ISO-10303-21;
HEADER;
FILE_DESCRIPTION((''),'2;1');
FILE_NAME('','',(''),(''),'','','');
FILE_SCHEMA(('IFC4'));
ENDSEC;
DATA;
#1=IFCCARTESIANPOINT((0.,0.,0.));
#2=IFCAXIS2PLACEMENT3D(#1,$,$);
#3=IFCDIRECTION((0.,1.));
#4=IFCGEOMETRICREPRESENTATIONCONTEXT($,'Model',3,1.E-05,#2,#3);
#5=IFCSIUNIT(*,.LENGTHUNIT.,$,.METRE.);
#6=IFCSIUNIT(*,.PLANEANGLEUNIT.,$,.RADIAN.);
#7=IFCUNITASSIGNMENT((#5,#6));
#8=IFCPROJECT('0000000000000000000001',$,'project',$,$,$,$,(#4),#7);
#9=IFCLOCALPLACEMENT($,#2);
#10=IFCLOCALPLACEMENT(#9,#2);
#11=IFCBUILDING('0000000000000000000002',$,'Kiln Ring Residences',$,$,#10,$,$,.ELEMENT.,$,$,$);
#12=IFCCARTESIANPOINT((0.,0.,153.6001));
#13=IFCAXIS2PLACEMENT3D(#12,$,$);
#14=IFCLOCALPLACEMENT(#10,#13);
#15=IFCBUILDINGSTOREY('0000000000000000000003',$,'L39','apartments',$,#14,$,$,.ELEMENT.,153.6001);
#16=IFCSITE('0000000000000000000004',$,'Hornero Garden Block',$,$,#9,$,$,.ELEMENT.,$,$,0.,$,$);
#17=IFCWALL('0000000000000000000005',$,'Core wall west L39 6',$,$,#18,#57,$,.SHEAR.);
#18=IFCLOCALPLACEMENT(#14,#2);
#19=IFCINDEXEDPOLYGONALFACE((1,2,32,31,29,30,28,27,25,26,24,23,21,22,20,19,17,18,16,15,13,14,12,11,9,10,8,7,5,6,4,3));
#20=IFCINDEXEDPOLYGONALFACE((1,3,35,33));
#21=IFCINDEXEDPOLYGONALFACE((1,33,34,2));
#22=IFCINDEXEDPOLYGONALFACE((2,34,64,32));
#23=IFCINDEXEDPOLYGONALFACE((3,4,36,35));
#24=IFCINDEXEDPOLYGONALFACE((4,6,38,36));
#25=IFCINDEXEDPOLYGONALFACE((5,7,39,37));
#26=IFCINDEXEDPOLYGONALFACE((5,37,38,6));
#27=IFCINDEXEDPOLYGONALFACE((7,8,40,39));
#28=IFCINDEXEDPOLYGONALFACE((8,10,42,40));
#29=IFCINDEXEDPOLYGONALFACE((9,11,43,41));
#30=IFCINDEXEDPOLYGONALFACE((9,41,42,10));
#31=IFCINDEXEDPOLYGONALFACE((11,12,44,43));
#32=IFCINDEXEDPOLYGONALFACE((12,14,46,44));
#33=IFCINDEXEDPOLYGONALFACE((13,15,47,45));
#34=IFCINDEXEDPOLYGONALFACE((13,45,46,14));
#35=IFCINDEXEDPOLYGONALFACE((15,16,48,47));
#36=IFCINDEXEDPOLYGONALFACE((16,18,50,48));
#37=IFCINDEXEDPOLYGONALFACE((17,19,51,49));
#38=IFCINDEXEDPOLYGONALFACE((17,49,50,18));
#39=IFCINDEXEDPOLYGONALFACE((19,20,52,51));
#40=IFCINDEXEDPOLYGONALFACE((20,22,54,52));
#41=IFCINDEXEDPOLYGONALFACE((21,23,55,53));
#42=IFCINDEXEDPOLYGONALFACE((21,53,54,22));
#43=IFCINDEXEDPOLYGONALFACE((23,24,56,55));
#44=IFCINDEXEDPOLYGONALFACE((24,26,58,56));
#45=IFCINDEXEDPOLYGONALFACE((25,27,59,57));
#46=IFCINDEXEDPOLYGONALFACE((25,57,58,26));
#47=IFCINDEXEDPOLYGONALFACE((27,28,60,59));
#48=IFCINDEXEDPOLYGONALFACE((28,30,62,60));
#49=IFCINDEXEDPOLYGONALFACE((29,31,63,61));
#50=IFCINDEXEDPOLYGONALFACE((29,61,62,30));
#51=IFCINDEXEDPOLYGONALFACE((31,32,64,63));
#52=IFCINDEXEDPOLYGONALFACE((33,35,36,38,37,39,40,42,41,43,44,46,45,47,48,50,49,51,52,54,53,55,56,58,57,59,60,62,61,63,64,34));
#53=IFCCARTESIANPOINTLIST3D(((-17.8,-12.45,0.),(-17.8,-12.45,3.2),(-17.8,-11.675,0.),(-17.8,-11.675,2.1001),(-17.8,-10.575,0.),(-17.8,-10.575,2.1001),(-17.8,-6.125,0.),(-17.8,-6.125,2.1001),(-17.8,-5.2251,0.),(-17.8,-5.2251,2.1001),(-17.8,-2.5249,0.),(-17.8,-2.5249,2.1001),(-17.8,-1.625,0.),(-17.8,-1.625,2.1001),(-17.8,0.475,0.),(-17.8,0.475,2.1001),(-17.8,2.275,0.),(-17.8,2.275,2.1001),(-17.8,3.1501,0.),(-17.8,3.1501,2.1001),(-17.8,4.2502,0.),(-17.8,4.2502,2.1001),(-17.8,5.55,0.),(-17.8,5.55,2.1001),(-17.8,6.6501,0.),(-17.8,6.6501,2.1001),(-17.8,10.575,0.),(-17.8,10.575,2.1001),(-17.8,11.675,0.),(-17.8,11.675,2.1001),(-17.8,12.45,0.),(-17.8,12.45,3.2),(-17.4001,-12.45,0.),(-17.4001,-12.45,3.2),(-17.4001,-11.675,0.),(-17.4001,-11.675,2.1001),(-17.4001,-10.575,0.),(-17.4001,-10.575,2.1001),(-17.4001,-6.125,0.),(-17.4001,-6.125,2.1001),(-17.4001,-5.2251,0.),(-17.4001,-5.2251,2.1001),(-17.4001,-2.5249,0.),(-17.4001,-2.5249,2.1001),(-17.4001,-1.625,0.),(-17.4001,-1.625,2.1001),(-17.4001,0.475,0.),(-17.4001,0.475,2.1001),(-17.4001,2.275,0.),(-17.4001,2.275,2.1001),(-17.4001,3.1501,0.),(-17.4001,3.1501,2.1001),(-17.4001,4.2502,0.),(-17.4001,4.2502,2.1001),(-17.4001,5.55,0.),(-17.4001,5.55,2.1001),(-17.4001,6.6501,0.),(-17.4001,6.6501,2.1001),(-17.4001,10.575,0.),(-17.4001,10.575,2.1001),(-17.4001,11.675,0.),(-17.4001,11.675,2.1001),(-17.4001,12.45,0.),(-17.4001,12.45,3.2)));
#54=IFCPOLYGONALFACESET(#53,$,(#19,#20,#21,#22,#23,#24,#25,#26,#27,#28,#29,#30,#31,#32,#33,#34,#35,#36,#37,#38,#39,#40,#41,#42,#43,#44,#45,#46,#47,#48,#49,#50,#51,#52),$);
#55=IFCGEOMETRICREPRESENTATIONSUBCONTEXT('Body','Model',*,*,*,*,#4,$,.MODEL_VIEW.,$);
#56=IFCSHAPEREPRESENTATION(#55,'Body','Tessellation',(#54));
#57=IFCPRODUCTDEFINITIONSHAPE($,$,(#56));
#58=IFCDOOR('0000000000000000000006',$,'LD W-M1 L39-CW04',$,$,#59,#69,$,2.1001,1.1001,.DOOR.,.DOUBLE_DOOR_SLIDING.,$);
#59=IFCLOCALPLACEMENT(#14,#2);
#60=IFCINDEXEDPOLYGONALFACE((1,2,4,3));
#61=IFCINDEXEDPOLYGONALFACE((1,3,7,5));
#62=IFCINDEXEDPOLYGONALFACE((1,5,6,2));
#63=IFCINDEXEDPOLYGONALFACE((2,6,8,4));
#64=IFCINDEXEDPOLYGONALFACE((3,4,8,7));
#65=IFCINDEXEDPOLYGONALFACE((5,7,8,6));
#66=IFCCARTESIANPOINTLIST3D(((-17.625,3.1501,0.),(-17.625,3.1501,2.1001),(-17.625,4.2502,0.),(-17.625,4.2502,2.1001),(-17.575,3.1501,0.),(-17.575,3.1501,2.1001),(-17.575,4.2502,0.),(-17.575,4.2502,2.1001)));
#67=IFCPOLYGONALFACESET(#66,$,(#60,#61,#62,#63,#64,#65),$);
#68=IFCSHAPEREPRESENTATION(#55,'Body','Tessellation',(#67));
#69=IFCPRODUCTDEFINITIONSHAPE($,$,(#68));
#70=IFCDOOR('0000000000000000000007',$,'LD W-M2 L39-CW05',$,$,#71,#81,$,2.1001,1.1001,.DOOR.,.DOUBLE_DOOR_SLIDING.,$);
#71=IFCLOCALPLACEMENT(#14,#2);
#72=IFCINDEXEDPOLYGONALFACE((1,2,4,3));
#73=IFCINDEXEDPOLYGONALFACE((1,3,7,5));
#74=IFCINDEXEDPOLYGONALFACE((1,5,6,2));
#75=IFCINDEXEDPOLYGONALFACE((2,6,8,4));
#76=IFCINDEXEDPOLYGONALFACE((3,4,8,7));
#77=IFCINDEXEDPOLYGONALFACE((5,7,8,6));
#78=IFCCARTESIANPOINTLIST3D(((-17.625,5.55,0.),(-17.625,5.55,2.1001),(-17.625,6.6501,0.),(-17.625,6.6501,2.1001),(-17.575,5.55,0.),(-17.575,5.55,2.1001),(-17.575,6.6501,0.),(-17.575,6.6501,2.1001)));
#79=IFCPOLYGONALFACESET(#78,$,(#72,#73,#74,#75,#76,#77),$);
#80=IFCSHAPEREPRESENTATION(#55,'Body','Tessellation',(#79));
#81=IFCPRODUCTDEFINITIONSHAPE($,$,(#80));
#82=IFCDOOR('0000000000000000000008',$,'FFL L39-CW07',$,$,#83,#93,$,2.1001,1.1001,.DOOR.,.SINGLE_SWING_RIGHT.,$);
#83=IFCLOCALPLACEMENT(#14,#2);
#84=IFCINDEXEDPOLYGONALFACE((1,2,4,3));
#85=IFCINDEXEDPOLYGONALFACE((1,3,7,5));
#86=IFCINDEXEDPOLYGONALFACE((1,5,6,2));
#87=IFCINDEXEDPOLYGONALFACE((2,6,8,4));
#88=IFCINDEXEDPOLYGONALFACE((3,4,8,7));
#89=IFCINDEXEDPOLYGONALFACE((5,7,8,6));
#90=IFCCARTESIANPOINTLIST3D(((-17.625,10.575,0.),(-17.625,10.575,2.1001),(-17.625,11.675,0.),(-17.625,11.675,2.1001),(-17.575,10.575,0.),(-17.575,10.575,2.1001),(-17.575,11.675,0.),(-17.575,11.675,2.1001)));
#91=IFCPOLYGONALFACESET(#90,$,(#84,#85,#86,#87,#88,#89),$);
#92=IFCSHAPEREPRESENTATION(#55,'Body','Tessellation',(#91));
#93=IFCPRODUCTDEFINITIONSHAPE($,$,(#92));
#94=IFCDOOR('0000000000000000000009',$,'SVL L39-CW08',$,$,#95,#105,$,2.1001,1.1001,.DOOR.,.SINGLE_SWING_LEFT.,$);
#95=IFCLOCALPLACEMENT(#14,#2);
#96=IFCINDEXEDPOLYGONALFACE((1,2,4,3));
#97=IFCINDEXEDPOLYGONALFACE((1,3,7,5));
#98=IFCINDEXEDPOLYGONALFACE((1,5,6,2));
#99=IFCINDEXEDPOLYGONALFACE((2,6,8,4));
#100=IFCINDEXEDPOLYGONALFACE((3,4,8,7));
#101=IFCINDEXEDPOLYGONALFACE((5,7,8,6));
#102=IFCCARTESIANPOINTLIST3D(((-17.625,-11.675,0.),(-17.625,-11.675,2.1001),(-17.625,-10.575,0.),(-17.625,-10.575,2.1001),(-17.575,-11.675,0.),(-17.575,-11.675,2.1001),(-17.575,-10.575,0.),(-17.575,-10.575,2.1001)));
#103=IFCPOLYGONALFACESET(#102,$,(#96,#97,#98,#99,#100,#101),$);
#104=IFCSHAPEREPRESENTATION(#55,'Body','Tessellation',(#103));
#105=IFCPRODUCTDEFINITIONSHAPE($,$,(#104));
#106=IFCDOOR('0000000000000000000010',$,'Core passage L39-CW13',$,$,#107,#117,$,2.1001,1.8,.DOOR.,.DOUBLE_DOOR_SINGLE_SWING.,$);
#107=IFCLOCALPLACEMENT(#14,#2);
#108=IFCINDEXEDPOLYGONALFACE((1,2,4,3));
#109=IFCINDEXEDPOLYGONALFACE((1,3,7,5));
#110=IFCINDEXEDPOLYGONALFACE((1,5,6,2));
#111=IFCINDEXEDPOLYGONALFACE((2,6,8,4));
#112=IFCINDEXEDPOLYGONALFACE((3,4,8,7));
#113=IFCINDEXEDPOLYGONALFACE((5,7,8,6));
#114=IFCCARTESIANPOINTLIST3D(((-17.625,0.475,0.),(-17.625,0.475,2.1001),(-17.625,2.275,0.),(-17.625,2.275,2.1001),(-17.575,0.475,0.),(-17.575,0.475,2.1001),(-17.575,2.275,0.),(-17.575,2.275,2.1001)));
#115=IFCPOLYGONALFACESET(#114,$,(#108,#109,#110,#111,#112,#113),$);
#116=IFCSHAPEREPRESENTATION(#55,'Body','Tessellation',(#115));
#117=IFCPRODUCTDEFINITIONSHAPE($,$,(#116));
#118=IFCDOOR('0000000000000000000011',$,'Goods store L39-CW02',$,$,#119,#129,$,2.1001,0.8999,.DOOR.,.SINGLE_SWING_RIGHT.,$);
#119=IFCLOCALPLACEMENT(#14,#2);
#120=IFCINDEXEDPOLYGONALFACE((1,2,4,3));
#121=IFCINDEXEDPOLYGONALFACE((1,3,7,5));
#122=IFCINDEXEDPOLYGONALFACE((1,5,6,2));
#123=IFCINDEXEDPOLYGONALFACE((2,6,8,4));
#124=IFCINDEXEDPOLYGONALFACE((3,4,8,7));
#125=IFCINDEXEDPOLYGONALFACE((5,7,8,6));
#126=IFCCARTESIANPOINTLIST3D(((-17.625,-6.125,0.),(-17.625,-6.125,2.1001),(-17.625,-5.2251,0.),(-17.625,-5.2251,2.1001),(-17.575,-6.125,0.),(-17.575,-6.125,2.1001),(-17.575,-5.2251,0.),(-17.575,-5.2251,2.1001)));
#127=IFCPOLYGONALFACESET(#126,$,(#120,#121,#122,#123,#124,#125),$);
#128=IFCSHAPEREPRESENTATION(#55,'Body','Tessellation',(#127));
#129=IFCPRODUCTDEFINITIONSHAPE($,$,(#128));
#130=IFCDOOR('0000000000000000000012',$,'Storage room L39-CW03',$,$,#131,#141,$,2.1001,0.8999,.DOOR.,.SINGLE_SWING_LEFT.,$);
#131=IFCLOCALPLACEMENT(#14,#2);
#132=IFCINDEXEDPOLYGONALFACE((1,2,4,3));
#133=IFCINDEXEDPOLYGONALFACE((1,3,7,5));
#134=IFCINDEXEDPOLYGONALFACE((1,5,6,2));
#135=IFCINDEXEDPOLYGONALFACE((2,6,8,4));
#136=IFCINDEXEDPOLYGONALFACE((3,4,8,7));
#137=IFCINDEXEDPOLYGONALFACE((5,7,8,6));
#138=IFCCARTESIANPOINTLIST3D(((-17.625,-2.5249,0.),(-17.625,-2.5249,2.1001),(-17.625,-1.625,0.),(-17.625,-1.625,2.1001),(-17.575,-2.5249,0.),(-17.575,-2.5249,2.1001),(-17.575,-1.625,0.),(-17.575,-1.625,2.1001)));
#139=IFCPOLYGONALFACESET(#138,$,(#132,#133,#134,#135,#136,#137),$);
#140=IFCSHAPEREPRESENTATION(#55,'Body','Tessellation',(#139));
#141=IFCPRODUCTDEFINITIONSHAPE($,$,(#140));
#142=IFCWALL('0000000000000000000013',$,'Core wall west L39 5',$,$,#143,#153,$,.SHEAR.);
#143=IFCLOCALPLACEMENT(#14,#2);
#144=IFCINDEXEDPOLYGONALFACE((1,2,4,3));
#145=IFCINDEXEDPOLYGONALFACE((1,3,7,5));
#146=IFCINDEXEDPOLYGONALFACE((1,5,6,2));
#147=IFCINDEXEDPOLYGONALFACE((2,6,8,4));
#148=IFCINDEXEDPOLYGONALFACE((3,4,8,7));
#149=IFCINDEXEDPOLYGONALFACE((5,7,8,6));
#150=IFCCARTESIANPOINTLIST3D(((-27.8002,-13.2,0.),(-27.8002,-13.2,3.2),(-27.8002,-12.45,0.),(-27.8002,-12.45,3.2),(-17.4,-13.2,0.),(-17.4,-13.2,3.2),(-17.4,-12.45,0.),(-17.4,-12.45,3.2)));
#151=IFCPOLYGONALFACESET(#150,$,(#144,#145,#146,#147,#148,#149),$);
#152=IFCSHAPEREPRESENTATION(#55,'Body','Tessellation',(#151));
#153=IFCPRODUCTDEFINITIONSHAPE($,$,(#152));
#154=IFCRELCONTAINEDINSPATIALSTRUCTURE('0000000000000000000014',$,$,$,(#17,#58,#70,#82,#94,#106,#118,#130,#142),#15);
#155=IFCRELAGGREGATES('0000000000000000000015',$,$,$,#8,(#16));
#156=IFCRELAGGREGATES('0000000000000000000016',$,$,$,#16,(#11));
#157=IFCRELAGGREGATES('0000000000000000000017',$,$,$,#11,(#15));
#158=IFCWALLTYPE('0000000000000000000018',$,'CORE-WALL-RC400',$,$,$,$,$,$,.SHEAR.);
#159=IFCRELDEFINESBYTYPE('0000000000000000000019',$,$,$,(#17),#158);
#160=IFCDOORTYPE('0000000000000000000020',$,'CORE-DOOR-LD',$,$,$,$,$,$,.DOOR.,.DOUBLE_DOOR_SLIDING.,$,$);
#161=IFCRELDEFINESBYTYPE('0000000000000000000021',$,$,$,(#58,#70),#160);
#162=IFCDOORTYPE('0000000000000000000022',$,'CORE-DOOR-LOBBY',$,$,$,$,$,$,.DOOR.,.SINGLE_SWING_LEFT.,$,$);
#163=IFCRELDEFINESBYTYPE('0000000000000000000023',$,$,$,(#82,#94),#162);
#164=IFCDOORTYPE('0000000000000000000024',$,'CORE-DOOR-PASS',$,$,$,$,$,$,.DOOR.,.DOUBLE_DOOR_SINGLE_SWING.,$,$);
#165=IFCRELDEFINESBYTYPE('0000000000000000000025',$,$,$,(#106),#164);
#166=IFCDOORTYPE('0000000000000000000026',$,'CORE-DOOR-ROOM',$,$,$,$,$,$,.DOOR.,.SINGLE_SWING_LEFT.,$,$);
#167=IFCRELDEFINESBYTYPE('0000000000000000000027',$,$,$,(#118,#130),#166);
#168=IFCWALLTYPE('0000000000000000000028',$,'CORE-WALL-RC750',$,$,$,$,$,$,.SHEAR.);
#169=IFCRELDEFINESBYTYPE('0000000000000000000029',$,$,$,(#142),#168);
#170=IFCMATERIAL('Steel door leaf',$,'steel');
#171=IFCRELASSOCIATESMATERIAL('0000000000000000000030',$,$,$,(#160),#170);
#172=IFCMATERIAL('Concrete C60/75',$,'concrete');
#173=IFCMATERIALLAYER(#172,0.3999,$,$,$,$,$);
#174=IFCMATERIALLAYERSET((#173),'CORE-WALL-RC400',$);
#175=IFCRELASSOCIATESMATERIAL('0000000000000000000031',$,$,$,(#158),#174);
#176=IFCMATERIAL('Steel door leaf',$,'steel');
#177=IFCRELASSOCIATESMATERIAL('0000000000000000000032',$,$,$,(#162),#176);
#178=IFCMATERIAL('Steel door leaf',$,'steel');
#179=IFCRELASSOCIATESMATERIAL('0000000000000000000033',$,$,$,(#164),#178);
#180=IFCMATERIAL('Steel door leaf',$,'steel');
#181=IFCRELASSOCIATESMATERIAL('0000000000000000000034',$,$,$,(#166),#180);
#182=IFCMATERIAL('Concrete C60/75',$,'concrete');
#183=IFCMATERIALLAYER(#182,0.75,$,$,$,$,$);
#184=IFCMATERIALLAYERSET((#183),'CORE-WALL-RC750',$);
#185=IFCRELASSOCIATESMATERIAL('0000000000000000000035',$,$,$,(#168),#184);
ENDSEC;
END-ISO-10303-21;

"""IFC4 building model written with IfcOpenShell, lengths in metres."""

from ifc_helpers import new_model, si_unit, direction, frame, frame_2d, origin, place, context, subcontext, project, spatial, rectangle, extrude, material, layer, layer_set, type_object, element, fill, save


model = new_model("IFC4")

# Units and contexts
model_context = context("Model", 3, precision=1e-05, world=origin(), true_north=direction((0.0, 1.0)))
body_context = subcontext(model_context, "Body", "Model", "MODEL_VIEW")
ifc_project = project(units=[si_unit("LENGTHUNIT", "METRE"), si_unit("PLANEANGLEUNIT", "RADIAN")], contexts=[model_context])

# Site, building, storey
site_placement = place(None, origin())
site = spatial("IfcSite", under=ifc_project, at=site_placement, Name="Hornero Garden Block", CompositionType="ELEMENT", RefElevation=0.0)
building_placement = place(site_placement, origin())
building = spatial("IfcBuilding", under=site, at=building_placement, Name="Kiln Ring Residences", CompositionType="ELEMENT")
storey_placement = place(building_placement, frame((0.0, 0.0, 153.6001)))
storey = spatial("IfcBuildingStorey", under=building, at=storey_placement, Name="L39", Description="apartments", CompositionType="ELEMENT", Elevation=153.6001)

# Wall, openings, doors
ifc_material_1 = material(Name="Steel door leaf", Category="steel")
door_type_1 = type_object("IfcDoorType", Name="CORE-DOOR-LD", OperationType="DOUBLE_DOOR_SLIDING", PredefinedType="DOOR", material=ifc_material_1)
ifc_material_2 = material(Name="Concrete C60/75", Category="concrete")
ifc_layer_1 = layer(ifc_material_2, 0.3999)
ifc_layer_set_1 = layer_set([ifc_layer_1], Name="CORE-WALL-RC400")
wall_type_1 = type_object("IfcWallType", Name="CORE-WALL-RC400", PredefinedType="SHEAR", material=ifc_layer_set_1)
wall_1_placement = place(storey_placement, frame((-17.6001, -12.45, 0.0), z_axis=(0.0, 0.0, 1.0), x_axis=(0.0, 1.0, 0.0)))
wall_1 = element("IfcWall", 1, at=wall_1_placement, inside=storey, type_object=wall_type_1, Name="Core wall west L39 6", PredefinedType="SHEAR", context=body_context, shape_type="SweptSolid", body=[
    extrude(rectangle(XDim=24.8999, YDim=0.3999, at=frame_2d((12.45, 0.0))), origin(), (0.0, 0.0, 1.0), 3.2),
])
opening_1_placement = place(wall_1_placement, frame((6.325, 0.0, 0.0)))
opening_1 = element("IfcOpeningElement", 2, at=opening_1_placement, cuts=wall_1, PredefinedType="OPENING", context=body_context, shape_type="SweptSolid", body=[
    extrude(rectangle(XDim=0.8999, YDim=2.1001, at=frame_2d((0.45, 1.05))), frame((0.0, 0.21, 0.0), z_axis=(0.0, -1.0, 0.0), x_axis=(1.0, 0.0, 0.0)), (0.0, 0.0, 1.0), 0.4199),
])
opening_2_placement = place(wall_1_placement, frame((9.925, 0.0, 0.0)))
opening_2 = element("IfcOpeningElement", 3, at=opening_2_placement, cuts=wall_1, PredefinedType="OPENING", context=body_context, shape_type="SweptSolid", body=[
    extrude(rectangle(XDim=0.8999, YDim=2.1001, at=frame_2d((0.45, 1.05))), frame((0.0, 0.21, 0.0), z_axis=(0.0, -1.0, 0.0), x_axis=(1.0, 0.0, 0.0)), (0.0, 0.0, 1.0), 0.4199),
])
opening_3_placement = place(wall_1_placement, frame((15.6001, 0.0, 0.0)))
opening_3 = element("IfcOpeningElement", 4, at=opening_3_placement, cuts=wall_1, PredefinedType="OPENING", context=body_context, shape_type="SweptSolid", body=[
    extrude(rectangle(XDim=1.1001, YDim=2.1001, at=frame_2d((0.55, 1.05))), frame((0.0, 0.21, 0.0), z_axis=(0.0, -1.0, 0.0), x_axis=(1.0, 0.0, 0.0)), (0.0, 0.0, 1.0), 0.4199),
])
opening_4_placement = place(wall_1_placement, frame((18.0, 0.0, 0.0)))
opening_4 = element("IfcOpeningElement", 5, at=opening_4_placement, cuts=wall_1, PredefinedType="OPENING", context=body_context, shape_type="SweptSolid", body=[
    extrude(rectangle(XDim=1.1001, YDim=2.1001, at=frame_2d((0.55, 1.05))), frame((0.0, 0.21, 0.0), z_axis=(0.0, -1.0, 0.0), x_axis=(1.0, 0.0, 0.0)), (0.0, 0.0, 1.0), 0.4199),
])
opening_5_placement = place(wall_1_placement, frame((23.0249, 0.0, 0.0)))
opening_5 = element("IfcOpeningElement", 6, at=opening_5_placement, cuts=wall_1, PredefinedType="OPENING", context=body_context, shape_type="SweptSolid", body=[
    extrude(rectangle(XDim=1.1001, YDim=2.1001, at=frame_2d((0.55, 1.05))), frame((0.0, 0.21, 0.0), z_axis=(0.0, -1.0, 0.0), x_axis=(1.0, 0.0, 0.0)), (0.0, 0.0, 1.0), 0.4199),
])
opening_6_placement = place(wall_1_placement, frame((0.7749, 0.0, 0.0)))
opening_6 = element("IfcOpeningElement", 7, at=opening_6_placement, cuts=wall_1, PredefinedType="OPENING", context=body_context, shape_type="SweptSolid", body=[
    extrude(rectangle(XDim=1.1001, YDim=2.1001, at=frame_2d((0.55, 1.05))), frame((0.0, 0.21, 0.0), z_axis=(0.0, -1.0, 0.0), x_axis=(1.0, 0.0, 0.0)), (0.0, 0.0, 1.0), 0.4199),
])
opening_7_placement = place(wall_1_placement, frame((12.925, 0.0, 0.0)))
opening_7 = element("IfcOpeningElement", 8, at=opening_7_placement, cuts=wall_1, PredefinedType="OPENING", context=body_context, shape_type="SweptSolid", body=[
    extrude(rectangle(XDim=1.8, YDim=2.1001, at=frame_2d((0.8999, 1.05))), frame((0.0, 0.21, 0.0), z_axis=(0.0, -1.0, 0.0), x_axis=(1.0, 0.0, 0.0)), (0.0, 0.0, 1.0), 0.4199),
])
door_1_placement = place(opening_3_placement, origin())
door_1 = element("IfcDoor", 9, at=door_1_placement, inside=storey, type_object=door_type_1, Name="LD W-M1 L39-CW04", OperationType="DOUBLE_DOOR_SLIDING", OverallHeight=2.1001, OverallWidth=1.1001, PredefinedType="DOOR", context=body_context, shape_type="SweptSolid", body=[
    extrude(rectangle(XDim=1.1001, YDim=2.1001, at=frame_2d((0.55, 1.05))), frame((0.0, 0.0249, 0.0), z_axis=(0.0, -1.0, 0.0), x_axis=(1.0, 0.0, 0.0)), (0.0, 0.0, 1.0), 0.05),
])
fill(opening_3, door_1)
door_2_placement = place(opening_4_placement, origin())
door_2 = element("IfcDoor", 10, at=door_2_placement, inside=storey, type_object=door_type_1, Name="LD W-M2 L39-CW05", OperationType="DOUBLE_DOOR_SLIDING", OverallHeight=2.1001, OverallWidth=1.1001, PredefinedType="DOOR", context=body_context, shape_type="SweptSolid", body=[
    extrude(rectangle(XDim=1.1001, YDim=2.1001, at=frame_2d((0.55, 1.05))), frame((0.0, 0.0249, 0.0), z_axis=(0.0, -1.0, 0.0), x_axis=(1.0, 0.0, 0.0)), (0.0, 0.0, 1.0), 0.05),
])
fill(opening_4, door_2)
ifc_material_3 = material(Name="Steel door leaf", Category="steel")
door_type_2 = type_object("IfcDoorType", Name="CORE-DOOR-LOBBY", OperationType="SINGLE_SWING_LEFT", PredefinedType="DOOR", material=ifc_material_3)
door_3_placement = place(opening_5_placement, origin())
door_3 = element("IfcDoor", 11, at=door_3_placement, inside=storey, type_object=door_type_2, Name="FFL L39-CW07", OperationType="SINGLE_SWING_RIGHT", OverallHeight=2.1001, OverallWidth=1.1001, PredefinedType="DOOR", context=body_context, shape_type="SweptSolid", body=[
    extrude(rectangle(XDim=1.1001, YDim=2.1001, at=frame_2d((0.55, 1.05))), frame((0.0, 0.0249, 0.0), z_axis=(0.0, -1.0, 0.0), x_axis=(1.0, 0.0, 0.0)), (0.0, 0.0, 1.0), 0.05),
])
fill(opening_5, door_3)
door_4_placement = place(opening_6_placement, origin())
door_4 = element("IfcDoor", 12, at=door_4_placement, inside=storey, type_object=door_type_2, Name="SVL L39-CW08", OperationType="SINGLE_SWING_LEFT", OverallHeight=2.1001, OverallWidth=1.1001, PredefinedType="DOOR", context=body_context, shape_type="SweptSolid", body=[
    extrude(rectangle(XDim=1.1001, YDim=2.1001, at=frame_2d((0.55, 1.05))), frame((0.0, 0.0249, 0.0), z_axis=(0.0, -1.0, 0.0), x_axis=(1.0, 0.0, 0.0)), (0.0, 0.0, 1.0), 0.05),
])
fill(opening_6, door_4)
ifc_material_4 = material(Name="Steel door leaf", Category="steel")
door_type_3 = type_object("IfcDoorType", Name="CORE-DOOR-PASS", OperationType="DOUBLE_DOOR_SINGLE_SWING", PredefinedType="DOOR", material=ifc_material_4)
door_5_placement = place(opening_7_placement, origin())
door_5 = element("IfcDoor", 13, at=door_5_placement, inside=storey, type_object=door_type_3, Name="Core passage L39-CW13", OperationType="DOUBLE_DOOR_SINGLE_SWING", OverallHeight=2.1001, OverallWidth=1.8, PredefinedType="DOOR", context=body_context, shape_type="SweptSolid", body=[
    extrude(rectangle(XDim=1.8, YDim=2.1001, at=frame_2d((0.8999, 1.05))), frame((0.0, 0.0249, 0.0), z_axis=(0.0, -1.0, 0.0), x_axis=(1.0, 0.0, 0.0)), (0.0, 0.0, 1.0), 0.05),
])
fill(opening_7, door_5)
ifc_material_5 = material(Name="Steel door leaf", Category="steel")
door_type_4 = type_object("IfcDoorType", Name="CORE-DOOR-ROOM", OperationType="SINGLE_SWING_LEFT", PredefinedType="DOOR", material=ifc_material_5)
door_6_placement = place(opening_1_placement, origin())
door_6 = element("IfcDoor", 14, at=door_6_placement, inside=storey, type_object=door_type_4, Name="Goods store L39-CW02", OperationType="SINGLE_SWING_RIGHT", OverallHeight=2.1001, OverallWidth=0.8999, PredefinedType="DOOR", context=body_context, shape_type="SweptSolid", body=[
    extrude(rectangle(XDim=0.8999, YDim=2.1001, at=frame_2d((0.45, 1.05))), frame((0.0, 0.0249, 0.0), z_axis=(0.0, -1.0, 0.0), x_axis=(1.0, 0.0, 0.0)), (0.0, 0.0, 1.0), 0.05),
])
fill(opening_1, door_6)
door_7_placement = place(opening_2_placement, origin())
door_7 = element("IfcDoor", 15, at=door_7_placement, inside=storey, type_object=door_type_4, Name="Storage room L39-CW03", OperationType="SINGLE_SWING_LEFT", OverallHeight=2.1001, OverallWidth=0.8999, PredefinedType="DOOR", context=body_context, shape_type="SweptSolid", body=[
    extrude(rectangle(XDim=0.8999, YDim=2.1001, at=frame_2d((0.45, 1.05))), frame((0.0, 0.0249, 0.0), z_axis=(0.0, -1.0, 0.0), x_axis=(1.0, 0.0, 0.0)), (0.0, 0.0, 1.0), 0.05),
])
fill(opening_2, door_7)

# Wall
ifc_material_6 = material(Name="Concrete C60/75", Category="concrete")
ifc_layer_2 = layer(ifc_material_6, 0.75)
ifc_layer_set_2 = layer_set([ifc_layer_2], Name="CORE-WALL-RC750")
wall_type_2 = type_object("IfcWallType", Name="CORE-WALL-RC750", PredefinedType="SHEAR", material=ifc_layer_set_2)
wall_2_placement = place(storey_placement, frame((-17.3999, -12.825, 0.0), z_axis=(0.0, 0.0, 1.0), x_axis=(-1.0, 0.0, 0.0)))
element("IfcWall", 16, at=wall_2_placement, inside=storey, type_object=wall_type_2, Name="Core wall west L39 5", PredefinedType="SHEAR", context=body_context, shape_type="SweptSolid", body=[
    extrude(rectangle(XDim=10.4001, YDim=0.75, at=frame_2d((5.2002, 0.0))), origin(), (0.0, 0.0, 1.0), 3.2),
])

save(model, "model.ifc")
